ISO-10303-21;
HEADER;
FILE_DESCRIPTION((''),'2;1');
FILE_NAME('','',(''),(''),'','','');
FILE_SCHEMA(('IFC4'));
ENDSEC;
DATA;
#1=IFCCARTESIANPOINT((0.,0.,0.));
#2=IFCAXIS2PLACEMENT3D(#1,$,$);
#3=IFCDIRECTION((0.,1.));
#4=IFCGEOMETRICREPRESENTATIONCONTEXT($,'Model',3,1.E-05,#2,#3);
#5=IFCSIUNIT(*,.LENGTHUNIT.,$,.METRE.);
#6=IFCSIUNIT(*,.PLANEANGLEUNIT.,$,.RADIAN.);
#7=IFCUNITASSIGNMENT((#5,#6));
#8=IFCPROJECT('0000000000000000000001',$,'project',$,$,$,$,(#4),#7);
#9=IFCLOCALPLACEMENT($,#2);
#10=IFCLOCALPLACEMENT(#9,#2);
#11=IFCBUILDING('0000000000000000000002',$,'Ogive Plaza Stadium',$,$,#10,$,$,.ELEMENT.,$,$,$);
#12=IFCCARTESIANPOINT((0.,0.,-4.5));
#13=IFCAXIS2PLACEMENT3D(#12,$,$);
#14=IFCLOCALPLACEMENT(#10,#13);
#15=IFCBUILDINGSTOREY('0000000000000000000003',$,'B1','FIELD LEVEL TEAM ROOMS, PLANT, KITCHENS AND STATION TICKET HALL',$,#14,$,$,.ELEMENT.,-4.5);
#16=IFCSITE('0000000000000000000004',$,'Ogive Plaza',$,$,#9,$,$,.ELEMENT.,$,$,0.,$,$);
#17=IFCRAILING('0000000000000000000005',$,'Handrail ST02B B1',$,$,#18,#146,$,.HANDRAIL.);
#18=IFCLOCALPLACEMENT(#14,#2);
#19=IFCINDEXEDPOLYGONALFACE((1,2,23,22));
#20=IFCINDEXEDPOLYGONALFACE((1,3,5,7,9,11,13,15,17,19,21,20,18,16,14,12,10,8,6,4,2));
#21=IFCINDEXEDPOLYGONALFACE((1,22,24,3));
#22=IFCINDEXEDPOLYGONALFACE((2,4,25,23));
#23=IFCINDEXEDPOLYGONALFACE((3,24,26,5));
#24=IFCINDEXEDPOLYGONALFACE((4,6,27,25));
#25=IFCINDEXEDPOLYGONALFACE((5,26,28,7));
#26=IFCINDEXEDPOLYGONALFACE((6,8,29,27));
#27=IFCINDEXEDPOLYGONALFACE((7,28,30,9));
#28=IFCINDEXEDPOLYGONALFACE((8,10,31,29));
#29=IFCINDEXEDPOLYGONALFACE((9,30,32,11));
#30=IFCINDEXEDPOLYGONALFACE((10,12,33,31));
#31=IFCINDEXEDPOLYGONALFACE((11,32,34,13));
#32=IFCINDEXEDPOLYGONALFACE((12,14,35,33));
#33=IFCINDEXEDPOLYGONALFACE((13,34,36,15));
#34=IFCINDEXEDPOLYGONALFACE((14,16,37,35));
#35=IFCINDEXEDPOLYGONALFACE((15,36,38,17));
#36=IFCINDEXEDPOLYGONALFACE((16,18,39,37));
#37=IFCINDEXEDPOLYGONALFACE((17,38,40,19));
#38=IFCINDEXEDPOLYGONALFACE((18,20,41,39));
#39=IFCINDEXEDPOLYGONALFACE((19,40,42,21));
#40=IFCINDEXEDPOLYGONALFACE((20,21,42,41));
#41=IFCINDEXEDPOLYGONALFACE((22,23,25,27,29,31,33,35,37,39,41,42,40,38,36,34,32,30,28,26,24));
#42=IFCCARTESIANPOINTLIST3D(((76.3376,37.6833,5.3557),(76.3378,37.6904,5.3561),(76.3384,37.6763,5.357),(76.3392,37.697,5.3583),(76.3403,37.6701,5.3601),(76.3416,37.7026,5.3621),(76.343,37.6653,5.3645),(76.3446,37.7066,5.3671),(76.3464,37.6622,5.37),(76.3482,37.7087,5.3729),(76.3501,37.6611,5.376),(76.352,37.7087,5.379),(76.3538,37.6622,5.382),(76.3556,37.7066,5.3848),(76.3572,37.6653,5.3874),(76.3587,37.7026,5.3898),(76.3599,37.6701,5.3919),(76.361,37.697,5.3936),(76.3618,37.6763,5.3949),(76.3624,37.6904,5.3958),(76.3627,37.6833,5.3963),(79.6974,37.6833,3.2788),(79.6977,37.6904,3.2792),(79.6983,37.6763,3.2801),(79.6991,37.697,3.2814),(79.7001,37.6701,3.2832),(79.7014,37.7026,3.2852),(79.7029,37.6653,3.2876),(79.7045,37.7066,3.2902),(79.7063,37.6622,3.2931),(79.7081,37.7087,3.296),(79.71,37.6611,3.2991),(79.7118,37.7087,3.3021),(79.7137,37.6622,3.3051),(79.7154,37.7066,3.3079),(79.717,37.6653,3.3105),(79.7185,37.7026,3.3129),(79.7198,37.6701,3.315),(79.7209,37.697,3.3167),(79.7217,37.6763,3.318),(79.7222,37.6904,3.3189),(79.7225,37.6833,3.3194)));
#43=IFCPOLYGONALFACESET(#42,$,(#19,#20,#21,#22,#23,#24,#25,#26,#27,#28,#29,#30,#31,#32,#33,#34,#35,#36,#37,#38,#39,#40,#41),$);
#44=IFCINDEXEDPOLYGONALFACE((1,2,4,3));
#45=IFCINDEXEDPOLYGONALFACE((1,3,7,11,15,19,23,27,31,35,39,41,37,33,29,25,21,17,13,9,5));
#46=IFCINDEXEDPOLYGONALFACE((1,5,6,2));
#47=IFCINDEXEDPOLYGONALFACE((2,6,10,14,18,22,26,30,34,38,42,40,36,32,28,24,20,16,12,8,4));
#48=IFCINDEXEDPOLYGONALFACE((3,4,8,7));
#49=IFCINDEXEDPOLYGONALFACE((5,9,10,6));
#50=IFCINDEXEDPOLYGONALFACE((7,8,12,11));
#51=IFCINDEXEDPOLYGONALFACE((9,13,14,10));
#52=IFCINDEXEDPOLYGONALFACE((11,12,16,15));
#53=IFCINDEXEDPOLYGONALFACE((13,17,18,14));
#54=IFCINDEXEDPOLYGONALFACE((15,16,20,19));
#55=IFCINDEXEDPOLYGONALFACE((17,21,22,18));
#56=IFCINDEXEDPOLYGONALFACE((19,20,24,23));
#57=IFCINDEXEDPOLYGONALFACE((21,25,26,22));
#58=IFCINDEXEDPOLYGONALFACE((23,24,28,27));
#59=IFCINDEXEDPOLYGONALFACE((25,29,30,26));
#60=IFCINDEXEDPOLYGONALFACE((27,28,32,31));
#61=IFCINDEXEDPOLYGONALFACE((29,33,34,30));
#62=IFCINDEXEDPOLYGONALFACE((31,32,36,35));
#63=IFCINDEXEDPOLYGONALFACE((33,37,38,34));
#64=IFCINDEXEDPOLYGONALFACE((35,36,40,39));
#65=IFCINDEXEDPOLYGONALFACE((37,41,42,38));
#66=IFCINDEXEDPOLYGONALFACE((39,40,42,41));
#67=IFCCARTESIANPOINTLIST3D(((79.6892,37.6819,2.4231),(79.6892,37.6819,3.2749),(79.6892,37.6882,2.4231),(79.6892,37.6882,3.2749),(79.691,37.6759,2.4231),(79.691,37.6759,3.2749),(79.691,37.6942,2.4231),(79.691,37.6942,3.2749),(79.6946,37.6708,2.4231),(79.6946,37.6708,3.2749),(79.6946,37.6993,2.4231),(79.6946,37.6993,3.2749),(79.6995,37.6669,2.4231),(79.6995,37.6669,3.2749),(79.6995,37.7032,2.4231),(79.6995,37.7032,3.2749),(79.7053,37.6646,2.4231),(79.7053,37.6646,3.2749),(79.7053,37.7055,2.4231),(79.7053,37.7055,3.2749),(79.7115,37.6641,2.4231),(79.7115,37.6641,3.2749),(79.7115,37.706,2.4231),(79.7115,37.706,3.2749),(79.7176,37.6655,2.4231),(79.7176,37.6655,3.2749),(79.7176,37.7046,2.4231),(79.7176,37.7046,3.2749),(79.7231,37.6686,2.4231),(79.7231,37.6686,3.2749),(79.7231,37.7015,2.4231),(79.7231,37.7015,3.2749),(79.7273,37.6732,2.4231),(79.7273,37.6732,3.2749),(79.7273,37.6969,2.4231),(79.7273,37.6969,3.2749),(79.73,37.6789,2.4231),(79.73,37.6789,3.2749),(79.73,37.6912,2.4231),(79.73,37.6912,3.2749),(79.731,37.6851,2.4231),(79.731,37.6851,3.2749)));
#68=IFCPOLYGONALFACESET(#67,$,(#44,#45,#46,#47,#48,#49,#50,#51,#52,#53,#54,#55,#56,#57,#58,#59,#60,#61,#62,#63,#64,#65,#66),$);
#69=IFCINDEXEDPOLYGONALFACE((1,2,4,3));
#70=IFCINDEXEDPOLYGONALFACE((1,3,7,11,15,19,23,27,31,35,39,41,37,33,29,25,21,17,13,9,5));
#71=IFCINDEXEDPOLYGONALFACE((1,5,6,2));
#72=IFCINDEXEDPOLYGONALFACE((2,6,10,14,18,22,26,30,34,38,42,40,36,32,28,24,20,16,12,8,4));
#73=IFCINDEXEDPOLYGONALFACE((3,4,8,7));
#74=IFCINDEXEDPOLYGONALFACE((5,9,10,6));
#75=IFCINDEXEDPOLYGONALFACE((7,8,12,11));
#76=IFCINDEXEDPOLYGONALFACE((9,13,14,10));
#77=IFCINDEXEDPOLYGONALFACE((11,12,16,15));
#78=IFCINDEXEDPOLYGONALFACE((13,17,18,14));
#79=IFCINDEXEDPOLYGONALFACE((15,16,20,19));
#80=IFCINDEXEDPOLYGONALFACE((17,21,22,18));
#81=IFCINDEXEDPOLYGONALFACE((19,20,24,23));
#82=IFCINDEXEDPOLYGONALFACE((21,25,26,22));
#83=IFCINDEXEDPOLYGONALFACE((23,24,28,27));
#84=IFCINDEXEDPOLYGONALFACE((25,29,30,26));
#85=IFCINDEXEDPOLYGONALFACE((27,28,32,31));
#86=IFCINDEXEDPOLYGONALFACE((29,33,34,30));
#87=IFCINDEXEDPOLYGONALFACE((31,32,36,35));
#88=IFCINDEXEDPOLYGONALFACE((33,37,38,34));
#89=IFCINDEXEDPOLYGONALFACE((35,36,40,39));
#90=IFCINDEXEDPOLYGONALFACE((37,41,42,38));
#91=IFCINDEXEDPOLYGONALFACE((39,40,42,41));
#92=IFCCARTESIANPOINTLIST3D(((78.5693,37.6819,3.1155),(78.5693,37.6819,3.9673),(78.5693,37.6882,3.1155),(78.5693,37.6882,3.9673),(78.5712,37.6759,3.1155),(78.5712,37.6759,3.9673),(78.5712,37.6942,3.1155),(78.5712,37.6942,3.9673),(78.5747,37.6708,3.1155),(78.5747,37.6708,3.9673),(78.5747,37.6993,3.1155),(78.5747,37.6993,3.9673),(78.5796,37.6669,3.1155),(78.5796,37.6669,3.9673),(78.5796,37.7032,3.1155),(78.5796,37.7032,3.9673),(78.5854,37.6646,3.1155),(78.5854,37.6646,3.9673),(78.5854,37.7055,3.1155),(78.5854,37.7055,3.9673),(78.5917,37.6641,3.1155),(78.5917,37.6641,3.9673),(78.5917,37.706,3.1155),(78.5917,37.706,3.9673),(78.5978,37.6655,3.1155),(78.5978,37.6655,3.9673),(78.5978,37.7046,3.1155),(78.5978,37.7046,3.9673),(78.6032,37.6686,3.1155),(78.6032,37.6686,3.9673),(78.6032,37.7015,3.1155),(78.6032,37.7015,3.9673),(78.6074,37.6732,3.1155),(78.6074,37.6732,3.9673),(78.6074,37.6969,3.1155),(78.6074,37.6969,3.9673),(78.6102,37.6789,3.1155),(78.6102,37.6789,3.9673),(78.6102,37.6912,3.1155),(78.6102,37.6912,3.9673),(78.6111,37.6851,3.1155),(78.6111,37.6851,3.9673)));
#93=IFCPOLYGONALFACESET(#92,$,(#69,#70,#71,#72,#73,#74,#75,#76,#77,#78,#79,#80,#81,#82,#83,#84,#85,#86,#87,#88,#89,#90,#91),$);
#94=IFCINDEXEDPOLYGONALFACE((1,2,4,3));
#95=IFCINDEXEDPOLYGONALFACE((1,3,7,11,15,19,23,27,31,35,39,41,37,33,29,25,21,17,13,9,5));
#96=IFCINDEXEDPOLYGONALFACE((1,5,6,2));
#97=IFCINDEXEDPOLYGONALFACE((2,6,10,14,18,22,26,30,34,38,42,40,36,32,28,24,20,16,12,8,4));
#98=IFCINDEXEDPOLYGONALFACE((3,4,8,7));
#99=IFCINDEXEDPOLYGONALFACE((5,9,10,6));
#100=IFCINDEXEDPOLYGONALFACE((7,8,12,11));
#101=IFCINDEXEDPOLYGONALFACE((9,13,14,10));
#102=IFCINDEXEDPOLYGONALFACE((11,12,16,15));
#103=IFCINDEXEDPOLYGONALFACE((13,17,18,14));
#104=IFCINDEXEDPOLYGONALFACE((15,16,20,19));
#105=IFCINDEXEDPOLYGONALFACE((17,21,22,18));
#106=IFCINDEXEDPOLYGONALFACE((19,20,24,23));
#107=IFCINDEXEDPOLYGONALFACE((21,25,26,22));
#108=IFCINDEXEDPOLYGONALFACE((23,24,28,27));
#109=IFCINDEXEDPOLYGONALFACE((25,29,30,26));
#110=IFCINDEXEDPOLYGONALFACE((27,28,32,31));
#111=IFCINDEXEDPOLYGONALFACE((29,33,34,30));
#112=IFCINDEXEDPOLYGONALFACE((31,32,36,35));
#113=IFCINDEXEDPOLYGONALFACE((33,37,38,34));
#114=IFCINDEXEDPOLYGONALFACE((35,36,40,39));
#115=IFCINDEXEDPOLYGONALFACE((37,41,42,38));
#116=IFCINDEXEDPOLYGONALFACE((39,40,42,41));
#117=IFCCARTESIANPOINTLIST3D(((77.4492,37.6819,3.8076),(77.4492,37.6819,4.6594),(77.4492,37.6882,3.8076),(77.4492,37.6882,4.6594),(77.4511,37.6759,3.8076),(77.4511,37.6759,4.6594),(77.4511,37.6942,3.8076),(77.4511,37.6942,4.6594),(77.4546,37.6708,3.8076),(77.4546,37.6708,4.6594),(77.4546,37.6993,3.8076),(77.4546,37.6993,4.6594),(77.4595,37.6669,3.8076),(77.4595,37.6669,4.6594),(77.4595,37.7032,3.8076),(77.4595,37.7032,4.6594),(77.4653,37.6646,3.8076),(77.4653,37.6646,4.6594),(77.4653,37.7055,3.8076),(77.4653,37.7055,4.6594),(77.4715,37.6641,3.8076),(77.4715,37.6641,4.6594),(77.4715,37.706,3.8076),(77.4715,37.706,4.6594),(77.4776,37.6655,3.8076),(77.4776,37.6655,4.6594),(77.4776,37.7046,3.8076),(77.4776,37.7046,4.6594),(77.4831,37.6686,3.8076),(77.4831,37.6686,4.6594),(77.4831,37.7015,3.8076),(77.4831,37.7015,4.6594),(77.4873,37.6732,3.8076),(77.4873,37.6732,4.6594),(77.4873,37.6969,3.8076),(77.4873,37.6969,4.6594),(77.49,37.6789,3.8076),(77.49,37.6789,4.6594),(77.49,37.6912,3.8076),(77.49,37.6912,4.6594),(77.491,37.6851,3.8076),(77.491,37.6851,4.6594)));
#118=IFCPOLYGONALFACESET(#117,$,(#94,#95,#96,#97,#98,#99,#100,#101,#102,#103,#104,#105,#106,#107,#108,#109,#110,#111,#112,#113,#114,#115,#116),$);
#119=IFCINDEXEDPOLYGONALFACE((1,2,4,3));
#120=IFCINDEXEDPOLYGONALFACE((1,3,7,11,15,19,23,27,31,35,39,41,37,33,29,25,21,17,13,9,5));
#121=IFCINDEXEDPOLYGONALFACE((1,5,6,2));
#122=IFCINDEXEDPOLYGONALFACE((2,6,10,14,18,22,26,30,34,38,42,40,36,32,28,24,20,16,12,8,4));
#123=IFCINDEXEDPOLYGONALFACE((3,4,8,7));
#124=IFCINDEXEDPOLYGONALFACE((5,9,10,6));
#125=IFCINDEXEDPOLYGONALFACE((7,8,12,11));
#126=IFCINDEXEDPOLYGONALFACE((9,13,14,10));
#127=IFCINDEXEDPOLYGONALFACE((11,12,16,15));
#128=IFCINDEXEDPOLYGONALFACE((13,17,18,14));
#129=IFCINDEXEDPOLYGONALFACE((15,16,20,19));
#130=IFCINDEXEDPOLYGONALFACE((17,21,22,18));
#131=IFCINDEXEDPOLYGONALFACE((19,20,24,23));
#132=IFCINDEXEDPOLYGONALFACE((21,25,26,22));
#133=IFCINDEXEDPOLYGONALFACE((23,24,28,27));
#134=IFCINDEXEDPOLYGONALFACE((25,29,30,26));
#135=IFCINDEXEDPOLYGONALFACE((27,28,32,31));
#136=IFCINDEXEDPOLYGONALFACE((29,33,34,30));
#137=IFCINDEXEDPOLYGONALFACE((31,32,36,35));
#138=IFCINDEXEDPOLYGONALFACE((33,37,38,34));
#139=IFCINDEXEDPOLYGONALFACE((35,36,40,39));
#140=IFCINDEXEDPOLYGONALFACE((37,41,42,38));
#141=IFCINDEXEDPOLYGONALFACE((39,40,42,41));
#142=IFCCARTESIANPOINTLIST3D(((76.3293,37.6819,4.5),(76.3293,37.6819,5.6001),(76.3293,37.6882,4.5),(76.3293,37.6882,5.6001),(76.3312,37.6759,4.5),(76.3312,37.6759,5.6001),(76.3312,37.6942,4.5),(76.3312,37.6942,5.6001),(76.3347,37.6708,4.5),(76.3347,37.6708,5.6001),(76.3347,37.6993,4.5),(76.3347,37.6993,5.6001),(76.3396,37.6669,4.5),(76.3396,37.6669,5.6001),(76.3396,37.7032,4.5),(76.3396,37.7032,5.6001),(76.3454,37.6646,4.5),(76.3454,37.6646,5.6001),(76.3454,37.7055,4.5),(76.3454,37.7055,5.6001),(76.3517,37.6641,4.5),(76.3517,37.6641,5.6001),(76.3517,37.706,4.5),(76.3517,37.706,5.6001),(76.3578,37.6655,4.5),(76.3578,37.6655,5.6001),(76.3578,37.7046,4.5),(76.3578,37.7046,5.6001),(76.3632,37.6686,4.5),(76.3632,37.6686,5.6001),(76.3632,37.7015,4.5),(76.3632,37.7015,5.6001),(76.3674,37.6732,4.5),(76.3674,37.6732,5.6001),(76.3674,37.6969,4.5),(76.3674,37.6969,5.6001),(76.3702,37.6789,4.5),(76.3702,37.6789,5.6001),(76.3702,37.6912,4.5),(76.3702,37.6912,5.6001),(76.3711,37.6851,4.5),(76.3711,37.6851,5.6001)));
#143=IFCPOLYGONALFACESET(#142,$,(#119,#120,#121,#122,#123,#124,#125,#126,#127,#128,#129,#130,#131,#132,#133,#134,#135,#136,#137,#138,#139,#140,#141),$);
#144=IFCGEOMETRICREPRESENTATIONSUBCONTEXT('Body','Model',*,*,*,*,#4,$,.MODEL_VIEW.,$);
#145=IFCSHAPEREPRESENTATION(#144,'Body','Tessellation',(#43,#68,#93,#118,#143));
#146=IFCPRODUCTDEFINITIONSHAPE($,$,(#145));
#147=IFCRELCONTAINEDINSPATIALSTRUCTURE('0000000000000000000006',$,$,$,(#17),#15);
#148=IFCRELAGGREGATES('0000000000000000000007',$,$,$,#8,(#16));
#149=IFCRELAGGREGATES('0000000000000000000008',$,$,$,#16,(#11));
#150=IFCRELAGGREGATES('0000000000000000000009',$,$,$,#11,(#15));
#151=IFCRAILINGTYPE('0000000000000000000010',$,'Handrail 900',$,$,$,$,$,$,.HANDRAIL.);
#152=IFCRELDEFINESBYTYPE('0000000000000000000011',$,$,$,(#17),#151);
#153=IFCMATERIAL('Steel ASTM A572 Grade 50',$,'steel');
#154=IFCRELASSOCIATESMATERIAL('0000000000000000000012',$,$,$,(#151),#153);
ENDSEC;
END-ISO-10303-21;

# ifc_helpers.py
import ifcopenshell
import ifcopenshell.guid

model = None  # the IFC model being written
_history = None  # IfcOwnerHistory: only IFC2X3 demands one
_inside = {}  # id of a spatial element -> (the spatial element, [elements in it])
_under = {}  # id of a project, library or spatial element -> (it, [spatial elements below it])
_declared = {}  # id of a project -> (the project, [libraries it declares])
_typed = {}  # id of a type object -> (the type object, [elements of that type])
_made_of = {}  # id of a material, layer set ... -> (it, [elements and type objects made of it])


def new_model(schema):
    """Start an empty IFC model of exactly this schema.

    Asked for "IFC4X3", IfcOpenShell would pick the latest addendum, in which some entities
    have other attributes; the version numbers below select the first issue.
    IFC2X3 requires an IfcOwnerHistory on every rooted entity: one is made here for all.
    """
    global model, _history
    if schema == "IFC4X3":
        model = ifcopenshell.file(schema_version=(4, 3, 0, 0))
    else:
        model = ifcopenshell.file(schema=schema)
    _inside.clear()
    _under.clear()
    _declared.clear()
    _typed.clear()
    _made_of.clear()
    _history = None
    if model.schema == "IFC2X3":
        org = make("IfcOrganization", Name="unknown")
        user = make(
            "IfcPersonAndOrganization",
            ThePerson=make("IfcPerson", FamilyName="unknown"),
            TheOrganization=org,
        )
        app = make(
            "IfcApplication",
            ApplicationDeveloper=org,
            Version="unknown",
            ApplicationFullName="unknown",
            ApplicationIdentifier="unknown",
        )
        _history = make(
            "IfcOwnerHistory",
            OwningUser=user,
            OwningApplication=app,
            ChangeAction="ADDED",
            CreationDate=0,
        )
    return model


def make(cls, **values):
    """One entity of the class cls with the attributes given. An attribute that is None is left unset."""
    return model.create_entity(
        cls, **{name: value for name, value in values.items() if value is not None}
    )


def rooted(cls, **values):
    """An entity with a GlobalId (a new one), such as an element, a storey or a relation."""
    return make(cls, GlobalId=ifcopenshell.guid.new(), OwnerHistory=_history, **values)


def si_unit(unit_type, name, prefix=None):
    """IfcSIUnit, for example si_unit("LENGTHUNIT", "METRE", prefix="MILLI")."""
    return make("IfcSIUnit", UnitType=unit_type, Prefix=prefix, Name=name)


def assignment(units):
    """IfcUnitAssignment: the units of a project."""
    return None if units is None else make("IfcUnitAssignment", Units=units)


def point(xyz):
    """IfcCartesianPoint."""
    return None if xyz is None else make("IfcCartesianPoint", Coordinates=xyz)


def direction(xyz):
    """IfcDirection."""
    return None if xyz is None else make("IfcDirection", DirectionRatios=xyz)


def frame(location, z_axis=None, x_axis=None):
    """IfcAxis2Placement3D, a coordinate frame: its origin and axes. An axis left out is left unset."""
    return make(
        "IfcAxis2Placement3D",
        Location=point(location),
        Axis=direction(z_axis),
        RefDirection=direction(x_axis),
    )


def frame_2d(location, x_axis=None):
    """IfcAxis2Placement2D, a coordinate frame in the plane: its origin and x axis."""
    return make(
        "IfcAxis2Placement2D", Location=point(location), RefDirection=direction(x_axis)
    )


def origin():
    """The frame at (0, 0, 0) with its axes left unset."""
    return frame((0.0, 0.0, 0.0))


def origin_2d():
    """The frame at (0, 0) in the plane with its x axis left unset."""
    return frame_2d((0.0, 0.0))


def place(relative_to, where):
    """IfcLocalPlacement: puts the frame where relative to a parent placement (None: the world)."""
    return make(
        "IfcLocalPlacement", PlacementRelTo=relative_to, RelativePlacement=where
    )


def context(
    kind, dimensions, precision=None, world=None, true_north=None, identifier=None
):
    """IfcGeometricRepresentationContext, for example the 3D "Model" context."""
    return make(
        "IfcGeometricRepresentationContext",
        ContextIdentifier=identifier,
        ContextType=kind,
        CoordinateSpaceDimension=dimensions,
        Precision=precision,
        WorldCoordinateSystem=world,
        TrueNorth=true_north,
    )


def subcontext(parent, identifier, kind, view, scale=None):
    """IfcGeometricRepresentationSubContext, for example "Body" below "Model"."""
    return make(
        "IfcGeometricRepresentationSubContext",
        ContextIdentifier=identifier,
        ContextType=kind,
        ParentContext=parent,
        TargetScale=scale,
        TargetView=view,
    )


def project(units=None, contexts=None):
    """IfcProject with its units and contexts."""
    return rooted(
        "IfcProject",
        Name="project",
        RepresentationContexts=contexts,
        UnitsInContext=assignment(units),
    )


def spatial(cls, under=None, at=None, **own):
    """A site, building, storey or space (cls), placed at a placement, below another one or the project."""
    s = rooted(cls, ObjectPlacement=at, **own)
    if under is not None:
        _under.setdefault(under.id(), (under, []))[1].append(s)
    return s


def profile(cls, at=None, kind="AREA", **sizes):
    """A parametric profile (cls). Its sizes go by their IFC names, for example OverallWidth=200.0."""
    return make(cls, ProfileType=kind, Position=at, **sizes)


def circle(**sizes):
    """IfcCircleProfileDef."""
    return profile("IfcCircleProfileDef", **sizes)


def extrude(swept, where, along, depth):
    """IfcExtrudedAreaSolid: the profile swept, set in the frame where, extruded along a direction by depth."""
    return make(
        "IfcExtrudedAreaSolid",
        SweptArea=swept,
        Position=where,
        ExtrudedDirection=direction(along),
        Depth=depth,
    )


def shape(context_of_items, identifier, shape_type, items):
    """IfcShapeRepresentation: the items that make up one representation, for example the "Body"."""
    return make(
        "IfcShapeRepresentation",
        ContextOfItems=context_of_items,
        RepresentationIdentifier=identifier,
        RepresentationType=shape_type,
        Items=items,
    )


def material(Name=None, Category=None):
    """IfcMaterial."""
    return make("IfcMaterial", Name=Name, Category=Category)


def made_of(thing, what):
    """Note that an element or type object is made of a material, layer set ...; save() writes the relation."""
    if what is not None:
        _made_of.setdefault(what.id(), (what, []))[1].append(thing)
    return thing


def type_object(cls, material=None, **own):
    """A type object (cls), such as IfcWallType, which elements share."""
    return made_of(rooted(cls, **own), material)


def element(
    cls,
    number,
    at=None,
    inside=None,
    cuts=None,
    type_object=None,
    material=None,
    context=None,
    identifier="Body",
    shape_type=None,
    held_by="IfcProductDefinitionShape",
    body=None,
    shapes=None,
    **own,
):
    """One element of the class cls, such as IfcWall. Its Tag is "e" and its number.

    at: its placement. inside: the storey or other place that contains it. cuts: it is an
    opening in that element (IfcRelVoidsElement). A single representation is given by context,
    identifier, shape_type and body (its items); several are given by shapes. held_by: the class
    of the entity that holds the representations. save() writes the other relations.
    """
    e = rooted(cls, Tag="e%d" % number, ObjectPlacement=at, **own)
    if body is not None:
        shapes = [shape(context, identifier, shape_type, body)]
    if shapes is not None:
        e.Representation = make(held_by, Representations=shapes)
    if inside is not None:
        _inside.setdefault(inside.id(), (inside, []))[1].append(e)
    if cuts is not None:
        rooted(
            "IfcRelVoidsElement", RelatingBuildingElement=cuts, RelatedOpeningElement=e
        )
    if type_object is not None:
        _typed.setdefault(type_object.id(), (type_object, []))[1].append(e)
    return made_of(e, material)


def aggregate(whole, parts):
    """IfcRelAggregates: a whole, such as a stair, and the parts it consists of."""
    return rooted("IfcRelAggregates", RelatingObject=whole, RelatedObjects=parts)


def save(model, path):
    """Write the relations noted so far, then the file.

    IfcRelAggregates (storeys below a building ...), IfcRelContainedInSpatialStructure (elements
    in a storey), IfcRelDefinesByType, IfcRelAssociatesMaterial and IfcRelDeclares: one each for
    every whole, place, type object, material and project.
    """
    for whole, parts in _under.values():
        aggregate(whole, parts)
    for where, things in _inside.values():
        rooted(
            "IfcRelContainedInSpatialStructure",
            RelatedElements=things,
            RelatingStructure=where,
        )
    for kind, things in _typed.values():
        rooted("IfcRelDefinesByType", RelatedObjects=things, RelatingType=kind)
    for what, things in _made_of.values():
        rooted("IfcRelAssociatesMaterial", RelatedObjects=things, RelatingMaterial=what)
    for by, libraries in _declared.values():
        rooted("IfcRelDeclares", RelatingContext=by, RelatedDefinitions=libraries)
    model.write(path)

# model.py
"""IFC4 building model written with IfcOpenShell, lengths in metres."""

from ifc_helpers import new_model, si_unit, direction, frame, origin, origin_2d, place, context, subcontext, project, spatial, circle, extrude, material, type_object, element, save


model = new_model("IFC4")

# Units and contexts
model_context = context("Model", 3, precision=1e-05, world=origin(), true_north=direction((0.0, 1.0)))
body_context = subcontext(model_context, "Body", "Model", "MODEL_VIEW")
ifc_project = project(units=[si_unit("LENGTHUNIT", "METRE"), si_unit("PLANEANGLEUNIT", "RADIAN")], contexts=[model_context])

# Site, building, storey
site_placement = place(None, origin())
site = spatial("IfcSite", under=ifc_project, at=site_placement, Name="Ogive Plaza", CompositionType="ELEMENT", RefElevation=0.0)
building_placement = place(site_placement, origin())
building = spatial("IfcBuilding", under=site, at=building_placement, Name="Ogive Plaza Stadium", CompositionType="ELEMENT")
storey_placement = place(building_placement, frame((0.0, 0.0, -4.5)))
storey = spatial("IfcBuildingStorey", under=building, at=storey_placement, Name="B1", Description="FIELD LEVEL TEAM ROOMS, PLANT, KITCHENS AND STATION TICKET HALL", CompositionType="ELEMENT", Elevation=-4.5)

# Railing
ifc_material_1 = material(Name="Steel ASTM A572 Grade 50", Category="steel")
railing_type_1 = type_object("IfcRailingType", Name="Handrail 900", PredefinedType="HANDRAIL", material=ifc_material_1)
for number, where, name in (
    (1, (79.71, 37.6851, 2.4231), "Handrail ST02B B1"),
):
    element("IfcRailing", number, at=place(storey_placement, frame(where)), inside=storey, type_object=railing_type_1, Name=name, PredefinedType="HANDRAIL", context=body_context, shape_type="SweptSolid", body=[
        extrude(circle(Radius=0.0239, at=origin_2d()), frame((0.0, 0.0, 0.876), z_axis=(-0.850606, 0.0, 0.525803), x_axis=(0.0, -1.0, 0.0)), (0.0, 0.0, 1.0), 3.95),
        extrude(circle(Radius=0.021, at=origin_2d()), origin(), (0.0, 0.0, 1.0), 0.8518),
        extrude(circle(Radius=0.021, at=origin_2d()), frame((-1.1199, 0.0, 0.6924)), (0.0, 0.0, 1.0), 0.8518),
        extrude(circle(Radius=0.021, at=origin_2d()), frame((-2.24, 0.0, 1.3845)), (0.0, 0.0, 1.0), 0.8518),
        extrude(circle(Radius=0.021, at=origin_2d()), frame((-3.3599, 0.0, 2.0769)), (0.0, 0.0, 1.0), 1.1001),
    ])

save(model, "model.ifc")
